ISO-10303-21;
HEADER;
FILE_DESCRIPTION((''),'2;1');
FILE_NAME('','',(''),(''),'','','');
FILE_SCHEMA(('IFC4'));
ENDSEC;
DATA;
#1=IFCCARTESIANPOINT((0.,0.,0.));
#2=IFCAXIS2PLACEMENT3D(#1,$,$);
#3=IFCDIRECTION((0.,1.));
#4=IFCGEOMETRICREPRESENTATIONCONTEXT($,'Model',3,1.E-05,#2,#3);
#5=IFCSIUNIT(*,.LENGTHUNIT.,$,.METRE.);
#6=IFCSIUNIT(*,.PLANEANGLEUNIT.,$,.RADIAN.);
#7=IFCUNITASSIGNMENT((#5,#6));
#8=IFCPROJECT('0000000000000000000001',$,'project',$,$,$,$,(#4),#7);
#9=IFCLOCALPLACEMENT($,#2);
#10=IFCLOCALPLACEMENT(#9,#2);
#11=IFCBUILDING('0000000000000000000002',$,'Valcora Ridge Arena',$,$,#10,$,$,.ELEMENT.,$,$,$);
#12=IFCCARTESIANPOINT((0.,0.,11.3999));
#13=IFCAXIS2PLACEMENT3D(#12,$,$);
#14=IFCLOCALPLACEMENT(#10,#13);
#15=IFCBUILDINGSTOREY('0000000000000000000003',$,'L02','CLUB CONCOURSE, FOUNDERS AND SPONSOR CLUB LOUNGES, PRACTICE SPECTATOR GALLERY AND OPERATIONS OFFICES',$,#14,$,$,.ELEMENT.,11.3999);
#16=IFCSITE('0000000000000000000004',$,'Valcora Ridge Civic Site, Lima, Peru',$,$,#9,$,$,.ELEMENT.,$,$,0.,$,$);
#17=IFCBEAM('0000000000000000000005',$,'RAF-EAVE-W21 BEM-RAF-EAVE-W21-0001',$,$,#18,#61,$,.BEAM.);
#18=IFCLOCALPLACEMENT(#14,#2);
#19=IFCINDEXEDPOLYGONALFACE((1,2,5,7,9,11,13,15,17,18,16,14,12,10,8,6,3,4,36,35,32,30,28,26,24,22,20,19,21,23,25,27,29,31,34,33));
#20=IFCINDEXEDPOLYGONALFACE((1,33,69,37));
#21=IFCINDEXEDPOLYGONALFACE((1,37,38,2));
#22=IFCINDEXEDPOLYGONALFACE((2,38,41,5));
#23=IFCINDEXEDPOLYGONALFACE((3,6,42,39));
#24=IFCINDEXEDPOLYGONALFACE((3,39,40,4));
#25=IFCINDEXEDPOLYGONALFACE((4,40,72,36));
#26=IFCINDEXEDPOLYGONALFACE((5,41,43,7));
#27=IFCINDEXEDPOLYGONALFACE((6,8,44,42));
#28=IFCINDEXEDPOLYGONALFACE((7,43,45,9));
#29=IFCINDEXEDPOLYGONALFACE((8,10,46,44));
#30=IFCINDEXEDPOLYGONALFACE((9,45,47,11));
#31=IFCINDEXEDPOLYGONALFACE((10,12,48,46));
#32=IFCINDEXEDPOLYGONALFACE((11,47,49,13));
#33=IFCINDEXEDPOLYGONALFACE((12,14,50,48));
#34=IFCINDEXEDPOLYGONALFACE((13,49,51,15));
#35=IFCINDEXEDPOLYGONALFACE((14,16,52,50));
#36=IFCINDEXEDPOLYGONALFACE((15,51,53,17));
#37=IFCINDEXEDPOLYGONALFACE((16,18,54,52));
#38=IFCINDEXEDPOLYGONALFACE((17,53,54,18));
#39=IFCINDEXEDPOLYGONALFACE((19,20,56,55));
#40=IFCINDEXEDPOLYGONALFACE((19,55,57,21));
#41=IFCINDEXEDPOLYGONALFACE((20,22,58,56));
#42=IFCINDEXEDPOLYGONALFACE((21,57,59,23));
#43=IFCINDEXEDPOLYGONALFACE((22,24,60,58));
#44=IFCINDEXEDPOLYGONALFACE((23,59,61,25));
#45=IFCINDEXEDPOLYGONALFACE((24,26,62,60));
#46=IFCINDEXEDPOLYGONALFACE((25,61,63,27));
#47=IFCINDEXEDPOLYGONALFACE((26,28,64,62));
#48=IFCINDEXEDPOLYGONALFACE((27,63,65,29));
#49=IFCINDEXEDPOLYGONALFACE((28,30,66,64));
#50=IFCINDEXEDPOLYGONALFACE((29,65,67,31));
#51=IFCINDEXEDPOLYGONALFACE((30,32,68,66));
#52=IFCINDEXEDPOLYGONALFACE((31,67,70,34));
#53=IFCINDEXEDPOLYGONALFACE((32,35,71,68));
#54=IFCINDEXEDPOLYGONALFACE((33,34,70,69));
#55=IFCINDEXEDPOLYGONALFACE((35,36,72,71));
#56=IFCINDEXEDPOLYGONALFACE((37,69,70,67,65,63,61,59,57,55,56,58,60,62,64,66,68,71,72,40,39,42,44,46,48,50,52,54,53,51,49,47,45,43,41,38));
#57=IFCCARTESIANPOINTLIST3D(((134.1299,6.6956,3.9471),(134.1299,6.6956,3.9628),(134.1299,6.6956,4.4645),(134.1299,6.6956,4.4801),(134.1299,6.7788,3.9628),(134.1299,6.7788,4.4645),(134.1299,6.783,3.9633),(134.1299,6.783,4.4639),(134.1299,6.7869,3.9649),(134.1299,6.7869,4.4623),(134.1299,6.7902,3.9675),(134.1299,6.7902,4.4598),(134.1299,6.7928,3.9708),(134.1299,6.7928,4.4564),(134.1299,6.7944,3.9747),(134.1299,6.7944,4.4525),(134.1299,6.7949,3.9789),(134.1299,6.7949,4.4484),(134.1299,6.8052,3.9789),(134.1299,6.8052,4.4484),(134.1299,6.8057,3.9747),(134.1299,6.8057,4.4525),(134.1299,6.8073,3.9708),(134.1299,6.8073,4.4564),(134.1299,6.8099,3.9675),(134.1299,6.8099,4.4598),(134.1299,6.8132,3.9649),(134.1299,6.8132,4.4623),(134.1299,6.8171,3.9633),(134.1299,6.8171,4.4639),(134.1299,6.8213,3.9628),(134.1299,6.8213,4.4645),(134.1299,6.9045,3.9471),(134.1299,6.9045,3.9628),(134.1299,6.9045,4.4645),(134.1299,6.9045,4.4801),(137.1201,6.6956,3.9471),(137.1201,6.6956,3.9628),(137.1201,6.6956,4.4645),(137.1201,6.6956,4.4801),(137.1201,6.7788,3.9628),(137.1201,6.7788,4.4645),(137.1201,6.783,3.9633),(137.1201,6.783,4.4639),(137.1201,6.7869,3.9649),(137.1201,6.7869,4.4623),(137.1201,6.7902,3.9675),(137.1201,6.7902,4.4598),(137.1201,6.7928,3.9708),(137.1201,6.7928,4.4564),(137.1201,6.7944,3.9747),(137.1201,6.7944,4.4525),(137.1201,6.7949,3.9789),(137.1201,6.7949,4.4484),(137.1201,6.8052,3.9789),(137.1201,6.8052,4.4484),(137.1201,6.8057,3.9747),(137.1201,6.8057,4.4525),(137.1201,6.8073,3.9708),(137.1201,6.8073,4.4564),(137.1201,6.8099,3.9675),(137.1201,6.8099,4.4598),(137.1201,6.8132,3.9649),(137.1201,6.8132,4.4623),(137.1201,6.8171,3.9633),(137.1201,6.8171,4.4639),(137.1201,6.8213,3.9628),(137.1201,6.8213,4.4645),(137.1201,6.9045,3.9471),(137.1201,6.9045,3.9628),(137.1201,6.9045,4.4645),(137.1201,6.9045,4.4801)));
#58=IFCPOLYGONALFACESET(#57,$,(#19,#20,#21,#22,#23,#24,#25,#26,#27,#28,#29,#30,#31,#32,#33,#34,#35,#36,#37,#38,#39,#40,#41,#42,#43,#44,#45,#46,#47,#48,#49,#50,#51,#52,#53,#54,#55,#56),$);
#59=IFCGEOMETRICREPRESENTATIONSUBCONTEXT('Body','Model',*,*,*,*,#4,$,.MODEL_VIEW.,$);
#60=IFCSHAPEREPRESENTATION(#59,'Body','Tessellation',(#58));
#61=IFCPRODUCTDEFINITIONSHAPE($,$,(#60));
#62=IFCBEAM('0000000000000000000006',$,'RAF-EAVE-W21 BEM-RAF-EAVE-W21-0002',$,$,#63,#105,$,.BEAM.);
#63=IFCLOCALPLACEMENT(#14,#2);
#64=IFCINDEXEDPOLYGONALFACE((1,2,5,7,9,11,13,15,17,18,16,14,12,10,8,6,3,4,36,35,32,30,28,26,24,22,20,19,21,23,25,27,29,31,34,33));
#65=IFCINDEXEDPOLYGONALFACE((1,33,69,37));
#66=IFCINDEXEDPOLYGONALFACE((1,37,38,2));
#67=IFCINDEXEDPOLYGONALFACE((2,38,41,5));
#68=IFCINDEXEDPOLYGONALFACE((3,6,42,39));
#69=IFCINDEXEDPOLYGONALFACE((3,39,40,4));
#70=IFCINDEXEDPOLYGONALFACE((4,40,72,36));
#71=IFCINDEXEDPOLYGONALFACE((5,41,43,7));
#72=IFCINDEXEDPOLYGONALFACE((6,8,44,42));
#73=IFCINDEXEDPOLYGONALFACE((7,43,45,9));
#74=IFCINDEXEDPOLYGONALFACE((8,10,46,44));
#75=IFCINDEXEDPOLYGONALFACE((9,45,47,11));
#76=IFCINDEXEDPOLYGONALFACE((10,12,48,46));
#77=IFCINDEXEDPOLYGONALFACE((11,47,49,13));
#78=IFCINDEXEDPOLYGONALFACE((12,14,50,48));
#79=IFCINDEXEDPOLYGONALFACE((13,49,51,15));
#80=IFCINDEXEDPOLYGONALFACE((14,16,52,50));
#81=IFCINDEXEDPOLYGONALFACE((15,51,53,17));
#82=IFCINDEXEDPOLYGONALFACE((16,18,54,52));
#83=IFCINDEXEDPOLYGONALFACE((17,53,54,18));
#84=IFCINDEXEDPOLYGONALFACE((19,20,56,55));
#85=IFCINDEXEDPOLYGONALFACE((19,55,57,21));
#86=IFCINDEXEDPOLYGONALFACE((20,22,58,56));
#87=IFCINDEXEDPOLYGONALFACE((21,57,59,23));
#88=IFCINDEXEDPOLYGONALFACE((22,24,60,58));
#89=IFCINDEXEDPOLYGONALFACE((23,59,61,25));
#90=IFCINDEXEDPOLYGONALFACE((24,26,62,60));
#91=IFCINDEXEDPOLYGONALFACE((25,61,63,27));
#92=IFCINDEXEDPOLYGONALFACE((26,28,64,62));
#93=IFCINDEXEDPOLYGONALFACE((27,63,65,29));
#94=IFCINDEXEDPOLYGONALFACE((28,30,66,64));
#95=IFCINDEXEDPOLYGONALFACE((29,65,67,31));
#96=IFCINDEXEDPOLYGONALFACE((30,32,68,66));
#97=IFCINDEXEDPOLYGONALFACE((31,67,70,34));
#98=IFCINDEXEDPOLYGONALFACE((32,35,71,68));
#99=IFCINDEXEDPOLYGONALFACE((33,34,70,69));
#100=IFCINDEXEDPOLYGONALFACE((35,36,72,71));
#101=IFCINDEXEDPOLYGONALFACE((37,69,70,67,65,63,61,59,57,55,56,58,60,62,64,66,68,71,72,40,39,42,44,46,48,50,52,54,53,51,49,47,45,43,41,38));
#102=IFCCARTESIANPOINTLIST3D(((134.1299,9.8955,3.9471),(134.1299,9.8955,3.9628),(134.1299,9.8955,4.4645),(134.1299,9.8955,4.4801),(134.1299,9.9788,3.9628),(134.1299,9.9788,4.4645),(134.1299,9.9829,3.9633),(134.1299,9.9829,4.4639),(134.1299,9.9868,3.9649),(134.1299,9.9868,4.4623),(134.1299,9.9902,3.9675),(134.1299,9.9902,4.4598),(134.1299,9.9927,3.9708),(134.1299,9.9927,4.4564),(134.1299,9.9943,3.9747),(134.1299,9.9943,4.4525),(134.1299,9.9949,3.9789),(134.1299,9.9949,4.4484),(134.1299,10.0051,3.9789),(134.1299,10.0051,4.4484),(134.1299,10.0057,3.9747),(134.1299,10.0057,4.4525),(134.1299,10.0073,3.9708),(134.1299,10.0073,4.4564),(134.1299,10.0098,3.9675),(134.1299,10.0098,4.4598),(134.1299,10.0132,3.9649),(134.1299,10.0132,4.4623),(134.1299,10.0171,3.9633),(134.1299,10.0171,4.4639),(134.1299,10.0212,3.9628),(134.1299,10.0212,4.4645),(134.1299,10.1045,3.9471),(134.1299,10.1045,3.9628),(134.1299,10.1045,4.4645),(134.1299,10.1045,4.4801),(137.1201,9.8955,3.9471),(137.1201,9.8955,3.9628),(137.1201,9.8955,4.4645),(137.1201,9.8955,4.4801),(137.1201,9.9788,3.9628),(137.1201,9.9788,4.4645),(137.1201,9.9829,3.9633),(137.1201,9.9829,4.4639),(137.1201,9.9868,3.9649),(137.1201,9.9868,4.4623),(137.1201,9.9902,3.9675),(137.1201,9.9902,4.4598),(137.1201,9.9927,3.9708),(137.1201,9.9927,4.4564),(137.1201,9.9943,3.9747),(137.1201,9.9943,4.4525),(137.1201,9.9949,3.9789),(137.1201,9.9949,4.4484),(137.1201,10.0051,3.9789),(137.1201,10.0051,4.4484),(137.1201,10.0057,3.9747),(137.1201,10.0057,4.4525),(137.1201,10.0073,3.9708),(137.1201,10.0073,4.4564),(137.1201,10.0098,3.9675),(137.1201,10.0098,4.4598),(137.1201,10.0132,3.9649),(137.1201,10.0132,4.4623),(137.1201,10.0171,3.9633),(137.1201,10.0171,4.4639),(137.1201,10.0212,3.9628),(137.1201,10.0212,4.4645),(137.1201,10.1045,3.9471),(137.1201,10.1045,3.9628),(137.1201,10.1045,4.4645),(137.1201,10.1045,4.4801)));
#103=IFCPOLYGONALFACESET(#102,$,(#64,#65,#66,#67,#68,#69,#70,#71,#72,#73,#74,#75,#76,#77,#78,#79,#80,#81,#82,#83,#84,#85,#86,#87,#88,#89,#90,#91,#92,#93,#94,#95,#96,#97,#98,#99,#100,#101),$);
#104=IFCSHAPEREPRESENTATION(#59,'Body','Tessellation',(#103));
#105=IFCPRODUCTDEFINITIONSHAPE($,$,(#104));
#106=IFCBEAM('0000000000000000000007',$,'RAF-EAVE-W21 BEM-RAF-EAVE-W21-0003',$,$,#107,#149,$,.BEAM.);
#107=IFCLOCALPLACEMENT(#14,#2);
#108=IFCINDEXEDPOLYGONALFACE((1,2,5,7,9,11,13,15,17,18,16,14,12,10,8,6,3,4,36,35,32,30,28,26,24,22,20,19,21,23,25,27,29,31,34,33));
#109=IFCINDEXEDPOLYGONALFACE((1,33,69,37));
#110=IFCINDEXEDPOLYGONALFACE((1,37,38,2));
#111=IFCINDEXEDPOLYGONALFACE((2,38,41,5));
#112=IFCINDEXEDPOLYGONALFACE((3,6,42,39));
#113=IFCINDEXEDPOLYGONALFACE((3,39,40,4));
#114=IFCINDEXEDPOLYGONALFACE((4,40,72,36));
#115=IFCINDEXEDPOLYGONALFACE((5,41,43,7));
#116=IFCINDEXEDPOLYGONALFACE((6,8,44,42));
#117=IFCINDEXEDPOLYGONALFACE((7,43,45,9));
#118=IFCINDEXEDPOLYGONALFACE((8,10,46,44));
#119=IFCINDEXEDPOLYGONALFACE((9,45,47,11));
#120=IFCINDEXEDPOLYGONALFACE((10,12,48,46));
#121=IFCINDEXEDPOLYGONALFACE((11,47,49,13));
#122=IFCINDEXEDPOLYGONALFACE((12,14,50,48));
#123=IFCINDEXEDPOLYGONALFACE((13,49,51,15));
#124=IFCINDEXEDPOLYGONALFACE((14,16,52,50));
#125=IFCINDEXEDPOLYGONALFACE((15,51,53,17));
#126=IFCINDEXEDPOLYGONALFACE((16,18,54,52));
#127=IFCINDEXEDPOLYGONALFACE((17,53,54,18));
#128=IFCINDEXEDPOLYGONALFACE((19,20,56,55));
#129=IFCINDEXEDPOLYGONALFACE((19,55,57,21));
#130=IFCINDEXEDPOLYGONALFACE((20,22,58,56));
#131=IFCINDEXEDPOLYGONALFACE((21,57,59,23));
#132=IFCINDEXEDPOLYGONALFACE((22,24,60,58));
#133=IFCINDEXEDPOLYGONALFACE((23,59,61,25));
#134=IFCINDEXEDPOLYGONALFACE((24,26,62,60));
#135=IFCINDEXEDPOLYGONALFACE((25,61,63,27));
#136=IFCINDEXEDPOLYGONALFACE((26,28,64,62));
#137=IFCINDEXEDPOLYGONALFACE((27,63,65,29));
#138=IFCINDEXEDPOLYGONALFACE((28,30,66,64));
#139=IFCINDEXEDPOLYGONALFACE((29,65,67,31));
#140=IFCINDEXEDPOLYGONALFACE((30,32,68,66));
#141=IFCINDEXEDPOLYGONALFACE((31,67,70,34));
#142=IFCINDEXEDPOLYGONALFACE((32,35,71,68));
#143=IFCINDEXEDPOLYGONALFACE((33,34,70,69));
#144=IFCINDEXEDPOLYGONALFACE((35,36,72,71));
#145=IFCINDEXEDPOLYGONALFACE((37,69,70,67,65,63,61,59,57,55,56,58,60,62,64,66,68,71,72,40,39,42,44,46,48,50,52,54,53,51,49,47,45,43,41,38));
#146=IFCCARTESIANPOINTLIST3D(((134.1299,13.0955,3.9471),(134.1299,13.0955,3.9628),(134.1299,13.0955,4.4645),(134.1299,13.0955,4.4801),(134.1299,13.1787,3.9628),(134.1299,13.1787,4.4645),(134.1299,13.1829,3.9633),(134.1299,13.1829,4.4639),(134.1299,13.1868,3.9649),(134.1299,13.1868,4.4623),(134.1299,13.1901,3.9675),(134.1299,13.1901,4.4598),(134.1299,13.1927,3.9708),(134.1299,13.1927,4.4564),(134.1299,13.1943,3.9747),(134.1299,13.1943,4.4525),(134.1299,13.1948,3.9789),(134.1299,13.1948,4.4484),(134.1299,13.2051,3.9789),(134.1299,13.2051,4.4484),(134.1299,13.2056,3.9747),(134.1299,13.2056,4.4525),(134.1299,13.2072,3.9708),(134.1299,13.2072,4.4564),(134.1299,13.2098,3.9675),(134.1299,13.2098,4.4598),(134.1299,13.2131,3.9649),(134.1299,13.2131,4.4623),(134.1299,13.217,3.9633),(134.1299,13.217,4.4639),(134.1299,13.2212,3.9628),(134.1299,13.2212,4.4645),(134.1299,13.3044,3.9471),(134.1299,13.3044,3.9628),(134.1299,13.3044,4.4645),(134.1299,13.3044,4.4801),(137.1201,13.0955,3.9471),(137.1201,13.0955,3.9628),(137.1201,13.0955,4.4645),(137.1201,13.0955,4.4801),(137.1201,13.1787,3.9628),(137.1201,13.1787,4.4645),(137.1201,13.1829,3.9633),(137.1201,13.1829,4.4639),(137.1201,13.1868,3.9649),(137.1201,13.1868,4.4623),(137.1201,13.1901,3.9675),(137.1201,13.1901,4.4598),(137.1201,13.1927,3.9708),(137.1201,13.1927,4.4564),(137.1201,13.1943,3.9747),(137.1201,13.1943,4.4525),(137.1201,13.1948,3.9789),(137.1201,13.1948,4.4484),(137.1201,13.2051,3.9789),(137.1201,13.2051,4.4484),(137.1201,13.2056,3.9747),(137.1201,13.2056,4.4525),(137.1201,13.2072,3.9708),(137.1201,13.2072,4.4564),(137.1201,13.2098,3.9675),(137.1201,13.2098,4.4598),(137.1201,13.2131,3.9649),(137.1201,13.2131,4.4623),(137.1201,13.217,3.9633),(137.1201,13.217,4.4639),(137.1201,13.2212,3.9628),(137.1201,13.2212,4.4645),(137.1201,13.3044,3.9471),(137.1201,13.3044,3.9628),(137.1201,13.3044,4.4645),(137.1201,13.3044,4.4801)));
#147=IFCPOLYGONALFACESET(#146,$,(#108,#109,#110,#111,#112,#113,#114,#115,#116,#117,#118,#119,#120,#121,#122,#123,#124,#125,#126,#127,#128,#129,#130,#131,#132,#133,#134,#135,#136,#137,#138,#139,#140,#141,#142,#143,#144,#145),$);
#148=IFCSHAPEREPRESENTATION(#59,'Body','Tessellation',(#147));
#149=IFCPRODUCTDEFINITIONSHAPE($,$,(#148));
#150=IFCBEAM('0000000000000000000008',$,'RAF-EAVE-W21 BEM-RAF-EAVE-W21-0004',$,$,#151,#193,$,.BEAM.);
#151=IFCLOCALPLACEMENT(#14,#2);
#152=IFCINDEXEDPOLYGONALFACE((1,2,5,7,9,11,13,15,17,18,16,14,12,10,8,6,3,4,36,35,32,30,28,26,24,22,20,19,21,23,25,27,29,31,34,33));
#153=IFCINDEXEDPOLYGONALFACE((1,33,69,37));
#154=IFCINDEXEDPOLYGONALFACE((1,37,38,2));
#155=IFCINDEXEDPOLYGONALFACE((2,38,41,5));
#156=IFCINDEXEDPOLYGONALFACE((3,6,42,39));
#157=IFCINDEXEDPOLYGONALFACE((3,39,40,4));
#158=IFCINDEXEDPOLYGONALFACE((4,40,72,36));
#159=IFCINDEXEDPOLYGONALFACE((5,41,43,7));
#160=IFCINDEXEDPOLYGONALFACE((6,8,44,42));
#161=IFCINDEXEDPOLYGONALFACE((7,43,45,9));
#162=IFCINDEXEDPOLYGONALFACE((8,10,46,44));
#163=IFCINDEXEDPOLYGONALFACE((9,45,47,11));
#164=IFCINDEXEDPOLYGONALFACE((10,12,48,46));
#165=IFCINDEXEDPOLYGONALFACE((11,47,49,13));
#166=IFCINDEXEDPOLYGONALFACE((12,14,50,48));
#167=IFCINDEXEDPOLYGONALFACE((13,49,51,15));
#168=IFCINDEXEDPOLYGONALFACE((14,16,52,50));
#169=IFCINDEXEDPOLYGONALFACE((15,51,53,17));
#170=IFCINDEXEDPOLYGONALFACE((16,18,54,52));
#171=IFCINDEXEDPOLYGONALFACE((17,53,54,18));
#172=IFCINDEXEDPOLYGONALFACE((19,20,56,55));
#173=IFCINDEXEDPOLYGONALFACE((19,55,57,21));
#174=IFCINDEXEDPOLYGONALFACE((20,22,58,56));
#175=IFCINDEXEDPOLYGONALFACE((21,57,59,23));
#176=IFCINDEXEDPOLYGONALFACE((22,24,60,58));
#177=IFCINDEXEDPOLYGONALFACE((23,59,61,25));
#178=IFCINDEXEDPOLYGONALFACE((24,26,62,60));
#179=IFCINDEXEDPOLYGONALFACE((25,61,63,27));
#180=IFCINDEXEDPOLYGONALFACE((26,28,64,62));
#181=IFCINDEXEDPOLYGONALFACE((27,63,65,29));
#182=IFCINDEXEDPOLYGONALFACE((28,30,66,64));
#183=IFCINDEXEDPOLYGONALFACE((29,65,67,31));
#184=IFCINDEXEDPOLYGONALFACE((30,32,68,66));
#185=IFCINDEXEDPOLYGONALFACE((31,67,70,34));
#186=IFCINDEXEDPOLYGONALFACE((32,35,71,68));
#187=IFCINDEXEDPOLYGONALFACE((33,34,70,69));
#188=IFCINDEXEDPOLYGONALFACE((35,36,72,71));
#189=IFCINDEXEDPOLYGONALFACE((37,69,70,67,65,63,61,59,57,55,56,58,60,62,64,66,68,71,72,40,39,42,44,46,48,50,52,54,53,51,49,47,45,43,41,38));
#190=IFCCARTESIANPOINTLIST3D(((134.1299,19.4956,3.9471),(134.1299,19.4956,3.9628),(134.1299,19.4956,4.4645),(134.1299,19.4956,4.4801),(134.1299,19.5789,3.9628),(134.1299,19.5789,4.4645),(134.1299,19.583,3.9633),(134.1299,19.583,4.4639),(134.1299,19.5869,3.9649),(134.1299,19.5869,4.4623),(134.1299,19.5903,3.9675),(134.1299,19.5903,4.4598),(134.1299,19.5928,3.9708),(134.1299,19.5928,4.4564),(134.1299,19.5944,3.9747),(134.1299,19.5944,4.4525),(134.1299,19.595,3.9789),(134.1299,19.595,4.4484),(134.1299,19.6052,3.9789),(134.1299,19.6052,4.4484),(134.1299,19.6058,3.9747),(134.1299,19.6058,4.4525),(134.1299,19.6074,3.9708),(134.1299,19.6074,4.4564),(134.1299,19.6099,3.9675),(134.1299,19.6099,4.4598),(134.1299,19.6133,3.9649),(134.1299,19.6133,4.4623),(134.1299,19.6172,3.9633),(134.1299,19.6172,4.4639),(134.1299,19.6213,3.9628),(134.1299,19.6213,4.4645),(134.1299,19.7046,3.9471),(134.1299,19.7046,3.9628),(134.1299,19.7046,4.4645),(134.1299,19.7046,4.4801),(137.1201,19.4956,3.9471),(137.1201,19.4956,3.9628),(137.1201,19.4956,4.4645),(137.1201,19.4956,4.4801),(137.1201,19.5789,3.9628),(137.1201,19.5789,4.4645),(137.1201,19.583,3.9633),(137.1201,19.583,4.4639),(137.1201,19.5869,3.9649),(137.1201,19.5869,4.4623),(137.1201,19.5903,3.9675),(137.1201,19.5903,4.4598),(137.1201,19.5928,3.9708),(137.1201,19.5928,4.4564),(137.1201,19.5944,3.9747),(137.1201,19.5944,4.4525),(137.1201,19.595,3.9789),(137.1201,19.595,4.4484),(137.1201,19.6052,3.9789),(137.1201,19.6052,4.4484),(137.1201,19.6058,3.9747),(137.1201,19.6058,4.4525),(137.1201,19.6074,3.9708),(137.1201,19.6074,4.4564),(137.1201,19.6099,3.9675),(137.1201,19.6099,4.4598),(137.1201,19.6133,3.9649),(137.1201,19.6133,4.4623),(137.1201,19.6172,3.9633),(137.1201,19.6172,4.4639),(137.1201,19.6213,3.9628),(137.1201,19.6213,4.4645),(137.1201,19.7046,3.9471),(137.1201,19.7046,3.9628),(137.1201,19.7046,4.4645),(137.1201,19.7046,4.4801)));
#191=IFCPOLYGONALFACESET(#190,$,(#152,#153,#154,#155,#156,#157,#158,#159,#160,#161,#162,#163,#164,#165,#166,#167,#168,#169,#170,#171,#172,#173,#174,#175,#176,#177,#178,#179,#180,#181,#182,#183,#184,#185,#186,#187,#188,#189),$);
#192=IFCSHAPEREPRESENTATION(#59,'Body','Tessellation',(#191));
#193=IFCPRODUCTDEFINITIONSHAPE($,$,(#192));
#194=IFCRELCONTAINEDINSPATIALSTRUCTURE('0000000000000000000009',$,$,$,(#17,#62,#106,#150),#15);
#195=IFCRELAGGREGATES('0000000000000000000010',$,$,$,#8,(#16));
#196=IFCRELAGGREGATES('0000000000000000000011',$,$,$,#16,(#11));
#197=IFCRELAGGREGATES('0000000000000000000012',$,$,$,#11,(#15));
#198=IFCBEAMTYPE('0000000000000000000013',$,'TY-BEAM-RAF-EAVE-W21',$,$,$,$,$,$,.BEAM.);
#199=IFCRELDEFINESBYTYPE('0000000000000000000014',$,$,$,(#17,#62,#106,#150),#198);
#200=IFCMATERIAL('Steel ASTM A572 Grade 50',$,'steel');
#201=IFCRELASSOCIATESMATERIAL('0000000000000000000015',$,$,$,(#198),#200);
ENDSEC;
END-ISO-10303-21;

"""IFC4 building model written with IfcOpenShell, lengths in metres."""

from ifc_helpers import new_model, si_unit, direction, frame, origin, origin_2d, place, context, subcontext, project, spatial, i_section, extrude, material, material_profile, profile_set, type_object, element, save


model = new_model("IFC4")

# Units and contexts
model_context = context("Model", 3, precision=1e-05, world=origin(), true_north=direction((0.0, 1.0)))
body_context = subcontext(model_context, "Body", "Model", "MODEL_VIEW")
ifc_project = project(units=[si_unit("LENGTHUNIT", "METRE"), si_unit("PLANEANGLEUNIT", "RADIAN")], contexts=[model_context])

# Site, building, storey
site_placement = place(None, origin())
site = spatial("IfcSite", under=ifc_project, at=site_placement, Name="Valcora Ridge Civic Site, Lima, Peru", CompositionType="ELEMENT", RefElevation=0.0)
building_placement = place(site_placement, origin())
building = spatial("IfcBuilding", under=site, at=building_placement, Name="Valcora Ridge Arena", CompositionType="ELEMENT")
storey_placement = place(building_placement, frame((0.0, 0.0, 11.3999)))
storey = spatial("IfcBuildingStorey", under=building, at=storey_placement, Name="L02", Description="CLUB CONCOURSE, FOUNDERS AND SPONSOR CLUB LOUNGES, PRACTICE SPECTATOR GALLERY AND OPERATIONS OFFICES", CompositionType="ELEMENT", Elevation=11.3999)

# Beams
ifc_material_1 = material(Name="Steel ASTM A572 Grade 50", Category="steel")
ifc_material_profile_1 = material_profile(ifc_material_1, i_section(OverallWidth=0.209, OverallDepth=0.533, WebThickness=0.0103, FlangeThickness=0.0156, FilletRadius=0.0161, at=origin_2d()), Name="W21X62")
ifc_profile_set_1 = profile_set([ifc_material_profile_1], Name="Steel ASTM A572 Grade 50")
beam_type_1 = type_object("IfcBeamType", Name="TY-BEAM-RAF-EAVE-W21", PredefinedType="BEAM", material=ifc_profile_set_1)
for number, where, z_axis, x_axis, name in (
    (1, (134.1299, 6.8, 4.2136), (1.0, 0.0, 0.0), (0.0, 1.0, 0.0), "RAF-EAVE-W21 BEM-RAF-EAVE-W21-0001"),
    (2, (134.1299, 10.0, 4.2136), (1.0, 0.0, 0.0), (0.0, 1.0, 0.0), "RAF-EAVE-W21 BEM-RAF-EAVE-W21-0002"),
    (3, (134.1299, 13.2, 4.2136), (1.0, 0.0, 0.0), (0.0, 1.0, 0.0), "RAF-EAVE-W21 BEM-RAF-EAVE-W21-0003"),
    (4, (134.1299, 19.6001, 4.2136), (1.0, 0.0, 0.0), (0.0, 1.0, 0.0), "RAF-EAVE-W21 BEM-RAF-EAVE-W21-0004"),
):
    element("IfcBeam", number, at=place(storey_placement, frame(where, z_axis=z_axis, x_axis=x_axis)), inside=storey, type_object=beam_type_1, Name=name, PredefinedType="BEAM", context=body_context, shape_type="SweptSolid", body=[
        extrude(i_section(OverallWidth=0.209, OverallDepth=0.533, WebThickness=0.0103, FlangeThickness=0.0156, FilletRadius=0.0161, at=origin_2d()), origin(), (0.0, 0.0, 1.0), 2.9902),
    ])

save(model, "model.ifc")
